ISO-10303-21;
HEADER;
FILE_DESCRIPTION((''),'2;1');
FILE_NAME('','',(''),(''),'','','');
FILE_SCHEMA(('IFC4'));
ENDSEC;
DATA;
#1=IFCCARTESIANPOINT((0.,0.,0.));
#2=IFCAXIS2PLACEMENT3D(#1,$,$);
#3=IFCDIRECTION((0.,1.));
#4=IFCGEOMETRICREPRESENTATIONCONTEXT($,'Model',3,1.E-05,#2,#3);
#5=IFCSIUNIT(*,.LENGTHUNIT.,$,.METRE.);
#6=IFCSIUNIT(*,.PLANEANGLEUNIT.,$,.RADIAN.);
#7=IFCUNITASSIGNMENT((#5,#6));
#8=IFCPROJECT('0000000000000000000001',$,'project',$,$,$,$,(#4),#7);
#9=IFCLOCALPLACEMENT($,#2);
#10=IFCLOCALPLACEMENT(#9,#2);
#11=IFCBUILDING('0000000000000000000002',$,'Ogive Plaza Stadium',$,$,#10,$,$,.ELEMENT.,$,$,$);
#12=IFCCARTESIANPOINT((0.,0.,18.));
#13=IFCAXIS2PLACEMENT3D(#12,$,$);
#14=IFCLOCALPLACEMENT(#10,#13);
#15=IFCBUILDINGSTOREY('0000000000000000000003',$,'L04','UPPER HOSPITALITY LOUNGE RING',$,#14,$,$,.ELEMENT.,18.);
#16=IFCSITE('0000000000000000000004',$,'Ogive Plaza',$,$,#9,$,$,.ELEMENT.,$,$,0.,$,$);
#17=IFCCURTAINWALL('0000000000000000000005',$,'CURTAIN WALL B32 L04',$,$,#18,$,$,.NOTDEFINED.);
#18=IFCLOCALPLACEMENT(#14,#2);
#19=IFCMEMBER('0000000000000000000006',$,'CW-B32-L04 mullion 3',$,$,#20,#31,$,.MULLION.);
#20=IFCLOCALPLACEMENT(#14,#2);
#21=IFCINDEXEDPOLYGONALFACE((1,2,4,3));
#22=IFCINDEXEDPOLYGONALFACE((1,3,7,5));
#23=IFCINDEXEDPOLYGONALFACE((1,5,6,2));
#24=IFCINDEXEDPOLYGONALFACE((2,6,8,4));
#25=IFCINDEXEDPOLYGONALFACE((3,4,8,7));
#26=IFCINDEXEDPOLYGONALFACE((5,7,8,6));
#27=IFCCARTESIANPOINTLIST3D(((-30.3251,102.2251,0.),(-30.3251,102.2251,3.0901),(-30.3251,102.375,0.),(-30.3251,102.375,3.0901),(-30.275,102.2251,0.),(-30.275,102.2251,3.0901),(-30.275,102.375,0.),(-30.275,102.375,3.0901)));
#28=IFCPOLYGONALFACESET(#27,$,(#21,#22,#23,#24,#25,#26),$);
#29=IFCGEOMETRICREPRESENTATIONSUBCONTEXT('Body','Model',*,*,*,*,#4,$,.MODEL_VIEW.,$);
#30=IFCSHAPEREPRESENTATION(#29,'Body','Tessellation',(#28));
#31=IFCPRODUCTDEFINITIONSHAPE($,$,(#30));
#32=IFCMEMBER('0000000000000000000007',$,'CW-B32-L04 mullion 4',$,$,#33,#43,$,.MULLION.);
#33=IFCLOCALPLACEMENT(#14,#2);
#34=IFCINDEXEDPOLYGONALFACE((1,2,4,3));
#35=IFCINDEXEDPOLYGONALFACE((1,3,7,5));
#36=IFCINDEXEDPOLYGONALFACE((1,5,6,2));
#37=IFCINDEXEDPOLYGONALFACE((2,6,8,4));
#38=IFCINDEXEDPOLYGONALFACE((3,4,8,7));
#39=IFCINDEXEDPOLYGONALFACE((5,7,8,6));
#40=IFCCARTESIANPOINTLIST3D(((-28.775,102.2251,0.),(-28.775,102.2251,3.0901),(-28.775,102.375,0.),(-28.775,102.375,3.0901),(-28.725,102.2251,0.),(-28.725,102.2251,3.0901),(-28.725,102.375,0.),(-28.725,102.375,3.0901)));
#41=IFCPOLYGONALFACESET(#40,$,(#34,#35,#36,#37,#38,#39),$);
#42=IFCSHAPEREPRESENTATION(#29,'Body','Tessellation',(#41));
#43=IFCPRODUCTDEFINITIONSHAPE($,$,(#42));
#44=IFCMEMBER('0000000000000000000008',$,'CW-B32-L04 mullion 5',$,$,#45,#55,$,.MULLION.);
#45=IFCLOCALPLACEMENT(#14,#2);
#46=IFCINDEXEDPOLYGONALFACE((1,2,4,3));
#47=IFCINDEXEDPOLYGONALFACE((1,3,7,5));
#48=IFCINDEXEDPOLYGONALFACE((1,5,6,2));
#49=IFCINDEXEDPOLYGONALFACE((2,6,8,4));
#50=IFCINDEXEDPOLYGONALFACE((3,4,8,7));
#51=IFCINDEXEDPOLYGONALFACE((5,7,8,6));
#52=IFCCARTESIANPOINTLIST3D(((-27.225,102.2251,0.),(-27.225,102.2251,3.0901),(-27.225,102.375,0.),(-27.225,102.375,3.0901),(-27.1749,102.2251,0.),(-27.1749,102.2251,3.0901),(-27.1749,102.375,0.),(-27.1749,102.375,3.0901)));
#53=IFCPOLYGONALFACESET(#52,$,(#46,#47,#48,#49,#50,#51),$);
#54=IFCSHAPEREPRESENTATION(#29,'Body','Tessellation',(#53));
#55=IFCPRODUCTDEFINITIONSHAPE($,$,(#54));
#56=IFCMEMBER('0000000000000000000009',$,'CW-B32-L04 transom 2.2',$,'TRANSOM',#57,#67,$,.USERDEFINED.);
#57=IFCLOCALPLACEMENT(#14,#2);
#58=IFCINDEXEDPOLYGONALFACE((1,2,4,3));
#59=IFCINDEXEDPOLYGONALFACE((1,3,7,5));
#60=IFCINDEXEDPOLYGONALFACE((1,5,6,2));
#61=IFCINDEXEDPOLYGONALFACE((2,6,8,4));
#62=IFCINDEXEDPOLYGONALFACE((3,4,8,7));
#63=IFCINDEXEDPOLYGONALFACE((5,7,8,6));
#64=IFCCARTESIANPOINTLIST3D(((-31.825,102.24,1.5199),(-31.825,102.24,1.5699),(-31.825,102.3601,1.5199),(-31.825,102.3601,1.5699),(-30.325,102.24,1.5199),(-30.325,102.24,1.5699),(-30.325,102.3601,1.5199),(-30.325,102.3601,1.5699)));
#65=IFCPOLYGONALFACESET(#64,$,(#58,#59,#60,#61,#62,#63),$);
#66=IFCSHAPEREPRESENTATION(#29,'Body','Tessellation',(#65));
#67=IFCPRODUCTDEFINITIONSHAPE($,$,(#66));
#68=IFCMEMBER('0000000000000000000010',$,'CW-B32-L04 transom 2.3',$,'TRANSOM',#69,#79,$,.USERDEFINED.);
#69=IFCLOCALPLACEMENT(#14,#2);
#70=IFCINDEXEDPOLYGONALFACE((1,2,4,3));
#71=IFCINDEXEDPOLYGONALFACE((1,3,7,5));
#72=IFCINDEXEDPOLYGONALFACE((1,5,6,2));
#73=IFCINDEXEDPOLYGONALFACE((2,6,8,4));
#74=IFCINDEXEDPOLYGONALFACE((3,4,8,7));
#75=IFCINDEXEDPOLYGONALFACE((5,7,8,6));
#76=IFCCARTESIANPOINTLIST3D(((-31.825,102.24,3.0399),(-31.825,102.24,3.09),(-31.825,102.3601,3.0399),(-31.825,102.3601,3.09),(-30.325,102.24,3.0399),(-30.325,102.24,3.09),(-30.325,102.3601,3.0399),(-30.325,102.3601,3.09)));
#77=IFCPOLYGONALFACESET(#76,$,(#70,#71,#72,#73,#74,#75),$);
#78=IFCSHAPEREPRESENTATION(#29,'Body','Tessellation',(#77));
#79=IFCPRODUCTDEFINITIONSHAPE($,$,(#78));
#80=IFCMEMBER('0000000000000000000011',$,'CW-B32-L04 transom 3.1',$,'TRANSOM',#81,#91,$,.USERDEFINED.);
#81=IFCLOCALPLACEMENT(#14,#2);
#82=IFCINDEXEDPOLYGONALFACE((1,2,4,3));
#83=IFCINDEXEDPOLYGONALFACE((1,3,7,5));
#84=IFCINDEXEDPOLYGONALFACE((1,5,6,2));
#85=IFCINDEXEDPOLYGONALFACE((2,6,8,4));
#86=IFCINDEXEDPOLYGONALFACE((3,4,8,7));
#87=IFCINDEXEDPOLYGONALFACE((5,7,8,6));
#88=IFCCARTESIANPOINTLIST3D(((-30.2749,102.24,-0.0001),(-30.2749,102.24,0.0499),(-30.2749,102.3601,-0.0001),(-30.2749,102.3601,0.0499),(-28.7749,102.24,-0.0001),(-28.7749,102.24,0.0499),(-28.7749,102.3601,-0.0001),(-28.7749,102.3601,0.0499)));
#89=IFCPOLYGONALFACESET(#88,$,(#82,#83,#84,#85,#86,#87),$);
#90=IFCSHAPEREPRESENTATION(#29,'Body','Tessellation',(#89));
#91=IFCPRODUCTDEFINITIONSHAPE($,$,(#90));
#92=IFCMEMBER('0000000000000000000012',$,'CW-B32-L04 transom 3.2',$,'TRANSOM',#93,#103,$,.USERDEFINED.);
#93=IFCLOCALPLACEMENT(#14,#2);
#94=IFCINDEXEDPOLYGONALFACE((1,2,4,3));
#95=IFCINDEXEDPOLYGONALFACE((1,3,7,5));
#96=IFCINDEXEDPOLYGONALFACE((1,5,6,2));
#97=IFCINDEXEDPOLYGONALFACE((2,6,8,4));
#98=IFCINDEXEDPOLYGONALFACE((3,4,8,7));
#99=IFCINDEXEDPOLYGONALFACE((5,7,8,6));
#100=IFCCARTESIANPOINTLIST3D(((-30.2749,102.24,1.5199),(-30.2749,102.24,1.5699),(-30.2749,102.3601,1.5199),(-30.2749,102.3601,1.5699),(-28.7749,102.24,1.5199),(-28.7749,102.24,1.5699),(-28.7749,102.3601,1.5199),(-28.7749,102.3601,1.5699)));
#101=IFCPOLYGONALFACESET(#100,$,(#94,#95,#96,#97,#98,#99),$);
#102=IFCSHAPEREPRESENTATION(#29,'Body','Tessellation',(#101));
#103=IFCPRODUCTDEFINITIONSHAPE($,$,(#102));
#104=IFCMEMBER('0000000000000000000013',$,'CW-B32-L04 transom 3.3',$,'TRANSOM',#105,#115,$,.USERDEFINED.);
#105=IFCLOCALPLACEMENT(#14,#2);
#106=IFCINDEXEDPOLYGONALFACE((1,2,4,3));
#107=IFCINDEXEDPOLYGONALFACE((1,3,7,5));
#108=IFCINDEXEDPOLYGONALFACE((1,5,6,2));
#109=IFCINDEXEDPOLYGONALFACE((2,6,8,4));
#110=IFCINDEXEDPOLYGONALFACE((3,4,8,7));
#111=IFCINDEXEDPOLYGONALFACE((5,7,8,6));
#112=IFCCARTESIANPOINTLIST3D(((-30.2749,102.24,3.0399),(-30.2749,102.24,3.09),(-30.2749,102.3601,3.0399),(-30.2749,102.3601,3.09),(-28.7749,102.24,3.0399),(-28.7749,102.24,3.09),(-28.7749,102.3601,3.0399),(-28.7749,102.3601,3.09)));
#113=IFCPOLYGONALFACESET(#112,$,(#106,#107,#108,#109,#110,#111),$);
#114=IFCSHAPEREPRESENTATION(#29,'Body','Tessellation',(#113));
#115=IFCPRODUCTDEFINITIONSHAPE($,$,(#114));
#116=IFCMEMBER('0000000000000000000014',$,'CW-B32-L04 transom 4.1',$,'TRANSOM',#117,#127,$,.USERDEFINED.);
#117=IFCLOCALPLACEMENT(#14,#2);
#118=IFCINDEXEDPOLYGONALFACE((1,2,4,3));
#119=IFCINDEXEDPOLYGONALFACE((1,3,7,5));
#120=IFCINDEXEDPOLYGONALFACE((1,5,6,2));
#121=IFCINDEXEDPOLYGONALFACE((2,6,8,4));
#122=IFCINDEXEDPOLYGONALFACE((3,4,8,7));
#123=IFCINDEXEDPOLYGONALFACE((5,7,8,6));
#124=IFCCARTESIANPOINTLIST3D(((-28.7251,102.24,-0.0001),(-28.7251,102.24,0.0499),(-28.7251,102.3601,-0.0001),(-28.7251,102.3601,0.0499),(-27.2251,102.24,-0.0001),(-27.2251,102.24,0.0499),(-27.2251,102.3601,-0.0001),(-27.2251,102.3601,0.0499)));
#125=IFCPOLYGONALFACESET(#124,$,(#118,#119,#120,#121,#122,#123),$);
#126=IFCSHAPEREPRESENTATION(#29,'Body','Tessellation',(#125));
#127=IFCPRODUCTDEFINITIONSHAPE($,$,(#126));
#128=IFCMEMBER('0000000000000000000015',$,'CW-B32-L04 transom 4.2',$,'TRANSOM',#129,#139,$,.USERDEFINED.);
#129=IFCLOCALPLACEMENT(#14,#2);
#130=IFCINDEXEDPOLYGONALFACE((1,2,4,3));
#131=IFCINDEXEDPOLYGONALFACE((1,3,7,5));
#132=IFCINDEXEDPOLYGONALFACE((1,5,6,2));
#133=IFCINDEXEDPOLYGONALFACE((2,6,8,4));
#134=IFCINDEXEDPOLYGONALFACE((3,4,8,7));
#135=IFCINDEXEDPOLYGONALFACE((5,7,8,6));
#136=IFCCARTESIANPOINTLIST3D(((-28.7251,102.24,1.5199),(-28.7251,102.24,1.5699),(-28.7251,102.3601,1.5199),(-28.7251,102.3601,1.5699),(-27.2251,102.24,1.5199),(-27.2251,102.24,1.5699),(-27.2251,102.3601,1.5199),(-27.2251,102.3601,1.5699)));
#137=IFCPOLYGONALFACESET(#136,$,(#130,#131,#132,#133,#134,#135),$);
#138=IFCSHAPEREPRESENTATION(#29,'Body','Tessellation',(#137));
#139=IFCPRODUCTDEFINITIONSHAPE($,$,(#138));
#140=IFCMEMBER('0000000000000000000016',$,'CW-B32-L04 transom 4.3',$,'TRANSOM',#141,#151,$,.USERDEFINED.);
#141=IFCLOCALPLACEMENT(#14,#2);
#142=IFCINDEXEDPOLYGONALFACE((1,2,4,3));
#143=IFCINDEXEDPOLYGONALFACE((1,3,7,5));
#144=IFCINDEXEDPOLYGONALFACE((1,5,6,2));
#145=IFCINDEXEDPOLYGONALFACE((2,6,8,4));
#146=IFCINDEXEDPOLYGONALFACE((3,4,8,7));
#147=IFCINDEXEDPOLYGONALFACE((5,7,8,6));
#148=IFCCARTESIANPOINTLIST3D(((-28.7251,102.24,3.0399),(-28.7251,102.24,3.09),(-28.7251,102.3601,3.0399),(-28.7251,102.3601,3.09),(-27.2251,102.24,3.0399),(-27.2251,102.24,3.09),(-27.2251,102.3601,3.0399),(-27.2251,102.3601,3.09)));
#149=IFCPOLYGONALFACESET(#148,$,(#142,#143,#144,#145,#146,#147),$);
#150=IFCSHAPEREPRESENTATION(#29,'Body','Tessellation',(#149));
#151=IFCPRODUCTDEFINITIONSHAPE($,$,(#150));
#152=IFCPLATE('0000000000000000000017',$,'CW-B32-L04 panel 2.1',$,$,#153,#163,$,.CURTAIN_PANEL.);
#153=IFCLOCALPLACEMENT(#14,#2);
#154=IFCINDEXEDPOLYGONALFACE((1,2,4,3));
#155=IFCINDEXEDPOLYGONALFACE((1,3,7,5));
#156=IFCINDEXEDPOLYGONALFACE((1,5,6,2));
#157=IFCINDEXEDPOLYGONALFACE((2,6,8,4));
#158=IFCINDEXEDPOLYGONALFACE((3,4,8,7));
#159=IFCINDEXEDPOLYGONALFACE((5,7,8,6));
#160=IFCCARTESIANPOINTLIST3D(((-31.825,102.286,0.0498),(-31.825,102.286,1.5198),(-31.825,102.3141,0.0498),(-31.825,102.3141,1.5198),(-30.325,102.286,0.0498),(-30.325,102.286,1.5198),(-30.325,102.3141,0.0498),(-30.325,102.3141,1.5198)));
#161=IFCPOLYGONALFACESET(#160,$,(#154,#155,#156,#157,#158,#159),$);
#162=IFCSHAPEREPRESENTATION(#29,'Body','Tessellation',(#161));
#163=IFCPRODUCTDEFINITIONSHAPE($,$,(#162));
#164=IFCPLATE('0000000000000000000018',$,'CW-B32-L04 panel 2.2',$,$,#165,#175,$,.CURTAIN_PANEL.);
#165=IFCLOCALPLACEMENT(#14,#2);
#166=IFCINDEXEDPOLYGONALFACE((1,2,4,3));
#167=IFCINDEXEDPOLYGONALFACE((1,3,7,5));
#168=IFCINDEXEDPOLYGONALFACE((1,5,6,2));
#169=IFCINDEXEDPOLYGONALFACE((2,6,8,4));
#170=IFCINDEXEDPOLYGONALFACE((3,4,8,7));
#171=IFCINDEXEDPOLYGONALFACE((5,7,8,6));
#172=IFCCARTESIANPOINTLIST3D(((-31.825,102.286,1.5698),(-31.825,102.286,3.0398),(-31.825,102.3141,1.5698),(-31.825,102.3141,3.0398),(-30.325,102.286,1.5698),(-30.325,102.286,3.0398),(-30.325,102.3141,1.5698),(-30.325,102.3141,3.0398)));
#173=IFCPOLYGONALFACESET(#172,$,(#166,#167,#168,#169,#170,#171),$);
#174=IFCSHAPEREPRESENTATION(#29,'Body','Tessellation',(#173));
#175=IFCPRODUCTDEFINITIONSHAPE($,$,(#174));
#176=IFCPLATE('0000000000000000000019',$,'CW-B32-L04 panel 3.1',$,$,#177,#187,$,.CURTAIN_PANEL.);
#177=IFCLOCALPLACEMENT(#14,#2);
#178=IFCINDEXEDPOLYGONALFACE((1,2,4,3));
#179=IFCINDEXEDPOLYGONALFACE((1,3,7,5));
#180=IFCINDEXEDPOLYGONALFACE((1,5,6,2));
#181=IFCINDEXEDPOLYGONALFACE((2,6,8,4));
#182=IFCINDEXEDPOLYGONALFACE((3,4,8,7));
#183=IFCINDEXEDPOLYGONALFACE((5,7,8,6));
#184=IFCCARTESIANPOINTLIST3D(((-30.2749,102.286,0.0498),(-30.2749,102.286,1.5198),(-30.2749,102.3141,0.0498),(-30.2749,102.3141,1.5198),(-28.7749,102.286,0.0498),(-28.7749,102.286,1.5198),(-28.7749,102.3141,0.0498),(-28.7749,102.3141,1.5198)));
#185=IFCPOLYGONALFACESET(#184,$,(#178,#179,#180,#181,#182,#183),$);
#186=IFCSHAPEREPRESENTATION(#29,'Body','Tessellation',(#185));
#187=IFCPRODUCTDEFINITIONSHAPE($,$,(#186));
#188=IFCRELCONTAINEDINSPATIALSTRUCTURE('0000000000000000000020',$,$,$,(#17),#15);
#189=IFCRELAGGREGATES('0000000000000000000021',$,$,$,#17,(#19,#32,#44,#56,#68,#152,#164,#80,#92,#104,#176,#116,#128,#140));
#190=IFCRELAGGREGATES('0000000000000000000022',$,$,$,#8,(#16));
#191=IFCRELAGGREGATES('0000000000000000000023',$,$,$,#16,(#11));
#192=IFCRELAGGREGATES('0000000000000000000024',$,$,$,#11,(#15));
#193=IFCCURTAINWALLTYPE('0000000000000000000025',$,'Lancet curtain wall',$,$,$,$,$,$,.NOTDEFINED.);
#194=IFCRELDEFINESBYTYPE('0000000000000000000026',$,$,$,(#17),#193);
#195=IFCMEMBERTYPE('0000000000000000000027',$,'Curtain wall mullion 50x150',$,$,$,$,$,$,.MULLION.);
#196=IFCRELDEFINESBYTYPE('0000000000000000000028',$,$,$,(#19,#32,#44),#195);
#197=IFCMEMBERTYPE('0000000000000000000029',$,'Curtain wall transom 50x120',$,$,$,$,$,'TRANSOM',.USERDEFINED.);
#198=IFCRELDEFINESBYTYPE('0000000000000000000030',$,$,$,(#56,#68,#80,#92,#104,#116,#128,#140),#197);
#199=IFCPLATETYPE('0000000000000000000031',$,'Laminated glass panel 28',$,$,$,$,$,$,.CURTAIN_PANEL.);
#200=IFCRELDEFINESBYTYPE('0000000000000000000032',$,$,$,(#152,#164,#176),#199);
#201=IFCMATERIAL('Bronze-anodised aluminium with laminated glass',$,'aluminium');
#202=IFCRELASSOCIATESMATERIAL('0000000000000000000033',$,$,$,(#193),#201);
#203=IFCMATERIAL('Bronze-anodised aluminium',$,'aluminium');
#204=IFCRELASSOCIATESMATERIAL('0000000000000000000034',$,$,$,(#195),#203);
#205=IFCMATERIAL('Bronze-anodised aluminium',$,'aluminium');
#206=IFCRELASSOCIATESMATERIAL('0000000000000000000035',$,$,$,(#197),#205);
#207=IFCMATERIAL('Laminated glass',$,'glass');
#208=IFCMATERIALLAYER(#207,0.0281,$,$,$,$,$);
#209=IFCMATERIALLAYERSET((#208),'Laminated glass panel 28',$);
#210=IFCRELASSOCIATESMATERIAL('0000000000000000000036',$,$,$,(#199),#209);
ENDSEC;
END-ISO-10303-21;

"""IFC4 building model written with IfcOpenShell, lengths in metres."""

from ifc_helpers import new_model, si_unit, direction, frame, origin, origin_2d, place, context, subcontext, project, spatial, rectangle, extrude, material, layer, layer_set, material_profile, profile_set, type_object, element, aggregate, save


model = new_model("IFC4")

# Units and contexts
model_context = context("Model", 3, precision=1e-05, world=origin(), true_north=direction((0.0, 1.0)))
body_context = subcontext(model_context, "Body", "Model", "MODEL_VIEW")
ifc_project = project(units=[si_unit("LENGTHUNIT", "METRE"), si_unit("PLANEANGLEUNIT", "RADIAN")], contexts=[model_context])

# Site, building, storey
site_placement = place(None, origin())
site = spatial("IfcSite", under=ifc_project, at=site_placement, Name="Ogive Plaza", CompositionType="ELEMENT", RefElevation=0.0)
building_placement = place(site_placement, origin())
building = spatial("IfcBuilding", under=site, at=building_placement, Name="Ogive Plaza Stadium", CompositionType="ELEMENT")
storey_placement = place(building_placement, frame((0.0, 0.0, 18.0)))
storey = spatial("IfcBuildingStorey", under=building, at=storey_placement, Name="L04", Description="UPPER HOSPITALITY LOUNGE RING", CompositionType="ELEMENT", Elevation=18.0)

# Curtain wall, members, plates
ifc_material_1 = material(Name="Bronze-anodised aluminium with laminated glass", Category="aluminium")
curtain_wall_type = type_object("IfcCurtainWallType", Name="Lancet curtain wall", PredefinedType="NOTDEFINED", material=ifc_material_1)
curtain_wall_placement = place(storey_placement, origin())
curtain_wall = element("IfcCurtainWall", 1, at=curtain_wall_placement, inside=storey, type_object=curtain_wall_type, Name="CURTAIN WALL B32 L04", PredefinedType="NOTDEFINED")
ifc_material_2 = material(Name="Bronze-anodised aluminium", Category="aluminium")
ifc_material_profile_1 = material_profile(ifc_material_2, rectangle(XDim=0.1499, YDim=0.05, at=origin_2d()), Name="AL 150x50")
ifc_profile_set_1 = profile_set([ifc_material_profile_1], Name="Bronze-anodised aluminium")
member_type_1 = type_object("IfcMemberType", Name="Curtain wall mullion 50x150", PredefinedType="MULLION", material=ifc_profile_set_1)
member_1_placement = place(storey_placement, frame((-30.3, 102.3, 0.0), z_axis=(0.0, 0.0, 1.0), x_axis=(0.0, 1.0, 0.0)))
member_1 = element("IfcMember", 2, at=member_1_placement, type_object=member_type_1, Name="CW-B32-L04 mullion 3", PredefinedType="MULLION", context=body_context, shape_type="SweptSolid", body=[
    extrude(rectangle(XDim=0.1499, YDim=0.05, at=origin_2d()), origin(), (0.0, 0.0, 1.0), 3.0901),
])
member_2_placement = place(storey_placement, frame((-28.75, 102.3, 0.0), z_axis=(0.0, 0.0, 1.0), x_axis=(0.0, 1.0, 0.0)))
member_2 = element("IfcMember", 3, at=member_2_placement, type_object=member_type_1, Name="CW-B32-L04 mullion 4", PredefinedType="MULLION", context=body_context, shape_type="SweptSolid", body=[
    extrude(rectangle(XDim=0.1499, YDim=0.05, at=origin_2d()), origin(), (0.0, 0.0, 1.0), 3.0901),
])
member_3_placement = place(storey_placement, frame((-27.2, 102.3, 0.0), z_axis=(0.0, 0.0, 1.0), x_axis=(0.0, 1.0, 0.0)))
member_3 = element("IfcMember", 4, at=member_3_placement, type_object=member_type_1, Name="CW-B32-L04 mullion 5", PredefinedType="MULLION", context=body_context, shape_type="SweptSolid", body=[
    extrude(rectangle(XDim=0.1499, YDim=0.05, at=origin_2d()), origin(), (0.0, 0.0, 1.0), 3.0901),
])
ifc_material_3 = material(Name="Bronze-anodised aluminium", Category="aluminium")
ifc_material_profile_2 = material_profile(ifc_material_3, rectangle(XDim=0.1201, YDim=0.05, at=origin_2d()), Name="AL 120x50")
ifc_profile_set_2 = profile_set([ifc_material_profile_2], Name="Bronze-anodised aluminium")
member_type_2 = type_object("IfcMemberType", Name="Curtain wall transom 50x120", ElementType="TRANSOM", PredefinedType="USERDEFINED", material=ifc_profile_set_2)
member_4_placement = place(storey_placement, frame((-31.825, 102.3, 1.5449), z_axis=(1.0, 0.0, 0.0), x_axis=(0.0, 1.0, 0.0)))
member_4 = element("IfcMember", 5, at=member_4_placement, type_object=member_type_2, Name="CW-B32-L04 transom 2.2", ObjectType="TRANSOM", PredefinedType="USERDEFINED", context=body_context, shape_type="SweptSolid", body=[
    extrude(rectangle(XDim=0.1201, YDim=0.05, at=origin_2d()), origin(), (0.0, 0.0, 1.0), 1.5),
])
member_5_placement = place(storey_placement, frame((-31.825, 102.3, 3.0649), z_axis=(1.0, 0.0, 0.0), x_axis=(0.0, 1.0, 0.0)))
member_5 = element("IfcMember", 6, at=member_5_placement, type_object=member_type_2, Name="CW-B32-L04 transom 2.3", ObjectType="TRANSOM", PredefinedType="USERDEFINED", context=body_context, shape_type="SweptSolid", body=[
    extrude(rectangle(XDim=0.1201, YDim=0.05, at=origin_2d()), origin(), (0.0, 0.0, 1.0), 1.5),
])
member_6_placement = place(storey_placement, frame((-30.2749, 102.3, 0.0249), z_axis=(1.0, 0.0, 0.0), x_axis=(0.0, 1.0, 0.0)))
member_6 = element("IfcMember", 7, at=member_6_placement, type_object=member_type_2, Name="CW-B32-L04 transom 3.1", ObjectType="TRANSOM", PredefinedType="USERDEFINED", context=body_context, shape_type="SweptSolid", body=[
    extrude(rectangle(XDim=0.1201, YDim=0.05, at=origin_2d()), origin(), (0.0, 0.0, 1.0), 1.5),
])
member_7_placement = place(storey_placement, frame((-30.2749, 102.3, 1.5449), z_axis=(1.0, 0.0, 0.0), x_axis=(0.0, 1.0, 0.0)))
member_7 = element("IfcMember", 8, at=member_7_placement, type_object=member_type_2, Name="CW-B32-L04 transom 3.2", ObjectType="TRANSOM", PredefinedType="USERDEFINED", context=body_context, shape_type="SweptSolid", body=[
    extrude(rectangle(XDim=0.1201, YDim=0.05, at=origin_2d()), origin(), (0.0, 0.0, 1.0), 1.5),
])
member_8_placement = place(storey_placement, frame((-30.2749, 102.3, 3.0649), z_axis=(1.0, 0.0, 0.0), x_axis=(0.0, 1.0, 0.0)))
member_8 = element("IfcMember", 9, at=member_8_placement, type_object=member_type_2, Name="CW-B32-L04 transom 3.3", ObjectType="TRANSOM", PredefinedType="USERDEFINED", context=body_context, shape_type="SweptSolid", body=[
    extrude(rectangle(XDim=0.1201, YDim=0.05, at=origin_2d()), origin(), (0.0, 0.0, 1.0), 1.5),
])
member_9_placement = place(storey_placement, frame((-28.7251, 102.3, 0.0249), z_axis=(1.0, 0.0, 0.0), x_axis=(0.0, 1.0, 0.0)))
member_9 = element("IfcMember", 10, at=member_9_placement, type_object=member_type_2, Name="CW-B32-L04 transom 4.1", ObjectType="TRANSOM", PredefinedType="USERDEFINED", context=body_context, shape_type="SweptSolid", body=[
    extrude(rectangle(XDim=0.1201, YDim=0.05, at=origin_2d()), origin(), (0.0, 0.0, 1.0), 1.5),
])
member_10_placement = place(storey_placement, frame((-28.7251, 102.3, 1.5449), z_axis=(1.0, 0.0, 0.0), x_axis=(0.0, 1.0, 0.0)))
member_10 = element("IfcMember", 11, at=member_10_placement, type_object=member_type_2, Name="CW-B32-L04 transom 4.2", ObjectType="TRANSOM", PredefinedType="USERDEFINED", context=body_context, shape_type="SweptSolid", body=[
    extrude(rectangle(XDim=0.1201, YDim=0.05, at=origin_2d()), origin(), (0.0, 0.0, 1.0), 1.5),
])
member_11_placement = place(storey_placement, frame((-28.7251, 102.3, 3.0649), z_axis=(1.0, 0.0, 0.0), x_axis=(0.0, 1.0, 0.0)))
member_11 = element("IfcMember", 12, at=member_11_placement, type_object=member_type_2, Name="CW-B32-L04 transom 4.3", ObjectType="TRANSOM", PredefinedType="USERDEFINED", context=body_context, shape_type="SweptSolid", body=[
    extrude(rectangle(XDim=0.1201, YDim=0.05, at=origin_2d()), origin(), (0.0, 0.0, 1.0), 1.5),
])
ifc_material_4 = material(Name="Laminated glass", Category="glass")
ifc_layer_1 = layer(ifc_material_4, 0.0281)
ifc_layer_set_1 = layer_set([ifc_layer_1], Name="Laminated glass panel 28")
plate_type = type_object("IfcPlateType", Name="Laminated glass panel 28", PredefinedType="CURTAIN_PANEL", material=ifc_layer_set_1)
plate_1_placement = place(storey_placement, frame((-31.075, 102.3, 0.0498), z_axis=(0.0, 0.0, 1.0), x_axis=(1.0, 0.0, 0.0)))
plate_1 = element("IfcPlate", 13, at=plate_1_placement, type_object=plate_type, Name="CW-B32-L04 panel 2.1", PredefinedType="CURTAIN_PANEL", context=body_context, shape_type="SweptSolid", body=[
    extrude(rectangle(XDim=1.5, YDim=0.0281, at=origin_2d()), origin(), (0.0, 0.0, 1.0), 1.47),
])
plate_2_placement = place(storey_placement, frame((-31.075, 102.3, 1.5698), z_axis=(0.0, 0.0, 1.0), x_axis=(1.0, 0.0, 0.0)))
plate_2 = element("IfcPlate", 14, at=plate_2_placement, type_object=plate_type, Name="CW-B32-L04 panel 2.2", PredefinedType="CURTAIN_PANEL", context=body_context, shape_type="SweptSolid", body=[
    extrude(rectangle(XDim=1.5, YDim=0.0281, at=origin_2d()), origin(), (0.0, 0.0, 1.0), 1.47),
])
plate_3_placement = place(storey_placement, frame((-29.5249, 102.3, 0.0498), z_axis=(0.0, 0.0, 1.0), x_axis=(1.0, 0.0, 0.0)))
plate_3 = element("IfcPlate", 15, at=plate_3_placement, type_object=plate_type, Name="CW-B32-L04 panel 3.1", PredefinedType="CURTAIN_PANEL", context=body_context, shape_type="SweptSolid", body=[
    extrude(rectangle(XDim=1.5, YDim=0.0281, at=origin_2d()), origin(), (0.0, 0.0, 1.0), 1.47),
])
aggregate(curtain_wall, [member_1, member_2, member_3, member_4, member_5, plate_1, plate_2, member_6, member_7, member_8, plate_3, member_9, member_10, member_11])

save(model, "model.ifc")
